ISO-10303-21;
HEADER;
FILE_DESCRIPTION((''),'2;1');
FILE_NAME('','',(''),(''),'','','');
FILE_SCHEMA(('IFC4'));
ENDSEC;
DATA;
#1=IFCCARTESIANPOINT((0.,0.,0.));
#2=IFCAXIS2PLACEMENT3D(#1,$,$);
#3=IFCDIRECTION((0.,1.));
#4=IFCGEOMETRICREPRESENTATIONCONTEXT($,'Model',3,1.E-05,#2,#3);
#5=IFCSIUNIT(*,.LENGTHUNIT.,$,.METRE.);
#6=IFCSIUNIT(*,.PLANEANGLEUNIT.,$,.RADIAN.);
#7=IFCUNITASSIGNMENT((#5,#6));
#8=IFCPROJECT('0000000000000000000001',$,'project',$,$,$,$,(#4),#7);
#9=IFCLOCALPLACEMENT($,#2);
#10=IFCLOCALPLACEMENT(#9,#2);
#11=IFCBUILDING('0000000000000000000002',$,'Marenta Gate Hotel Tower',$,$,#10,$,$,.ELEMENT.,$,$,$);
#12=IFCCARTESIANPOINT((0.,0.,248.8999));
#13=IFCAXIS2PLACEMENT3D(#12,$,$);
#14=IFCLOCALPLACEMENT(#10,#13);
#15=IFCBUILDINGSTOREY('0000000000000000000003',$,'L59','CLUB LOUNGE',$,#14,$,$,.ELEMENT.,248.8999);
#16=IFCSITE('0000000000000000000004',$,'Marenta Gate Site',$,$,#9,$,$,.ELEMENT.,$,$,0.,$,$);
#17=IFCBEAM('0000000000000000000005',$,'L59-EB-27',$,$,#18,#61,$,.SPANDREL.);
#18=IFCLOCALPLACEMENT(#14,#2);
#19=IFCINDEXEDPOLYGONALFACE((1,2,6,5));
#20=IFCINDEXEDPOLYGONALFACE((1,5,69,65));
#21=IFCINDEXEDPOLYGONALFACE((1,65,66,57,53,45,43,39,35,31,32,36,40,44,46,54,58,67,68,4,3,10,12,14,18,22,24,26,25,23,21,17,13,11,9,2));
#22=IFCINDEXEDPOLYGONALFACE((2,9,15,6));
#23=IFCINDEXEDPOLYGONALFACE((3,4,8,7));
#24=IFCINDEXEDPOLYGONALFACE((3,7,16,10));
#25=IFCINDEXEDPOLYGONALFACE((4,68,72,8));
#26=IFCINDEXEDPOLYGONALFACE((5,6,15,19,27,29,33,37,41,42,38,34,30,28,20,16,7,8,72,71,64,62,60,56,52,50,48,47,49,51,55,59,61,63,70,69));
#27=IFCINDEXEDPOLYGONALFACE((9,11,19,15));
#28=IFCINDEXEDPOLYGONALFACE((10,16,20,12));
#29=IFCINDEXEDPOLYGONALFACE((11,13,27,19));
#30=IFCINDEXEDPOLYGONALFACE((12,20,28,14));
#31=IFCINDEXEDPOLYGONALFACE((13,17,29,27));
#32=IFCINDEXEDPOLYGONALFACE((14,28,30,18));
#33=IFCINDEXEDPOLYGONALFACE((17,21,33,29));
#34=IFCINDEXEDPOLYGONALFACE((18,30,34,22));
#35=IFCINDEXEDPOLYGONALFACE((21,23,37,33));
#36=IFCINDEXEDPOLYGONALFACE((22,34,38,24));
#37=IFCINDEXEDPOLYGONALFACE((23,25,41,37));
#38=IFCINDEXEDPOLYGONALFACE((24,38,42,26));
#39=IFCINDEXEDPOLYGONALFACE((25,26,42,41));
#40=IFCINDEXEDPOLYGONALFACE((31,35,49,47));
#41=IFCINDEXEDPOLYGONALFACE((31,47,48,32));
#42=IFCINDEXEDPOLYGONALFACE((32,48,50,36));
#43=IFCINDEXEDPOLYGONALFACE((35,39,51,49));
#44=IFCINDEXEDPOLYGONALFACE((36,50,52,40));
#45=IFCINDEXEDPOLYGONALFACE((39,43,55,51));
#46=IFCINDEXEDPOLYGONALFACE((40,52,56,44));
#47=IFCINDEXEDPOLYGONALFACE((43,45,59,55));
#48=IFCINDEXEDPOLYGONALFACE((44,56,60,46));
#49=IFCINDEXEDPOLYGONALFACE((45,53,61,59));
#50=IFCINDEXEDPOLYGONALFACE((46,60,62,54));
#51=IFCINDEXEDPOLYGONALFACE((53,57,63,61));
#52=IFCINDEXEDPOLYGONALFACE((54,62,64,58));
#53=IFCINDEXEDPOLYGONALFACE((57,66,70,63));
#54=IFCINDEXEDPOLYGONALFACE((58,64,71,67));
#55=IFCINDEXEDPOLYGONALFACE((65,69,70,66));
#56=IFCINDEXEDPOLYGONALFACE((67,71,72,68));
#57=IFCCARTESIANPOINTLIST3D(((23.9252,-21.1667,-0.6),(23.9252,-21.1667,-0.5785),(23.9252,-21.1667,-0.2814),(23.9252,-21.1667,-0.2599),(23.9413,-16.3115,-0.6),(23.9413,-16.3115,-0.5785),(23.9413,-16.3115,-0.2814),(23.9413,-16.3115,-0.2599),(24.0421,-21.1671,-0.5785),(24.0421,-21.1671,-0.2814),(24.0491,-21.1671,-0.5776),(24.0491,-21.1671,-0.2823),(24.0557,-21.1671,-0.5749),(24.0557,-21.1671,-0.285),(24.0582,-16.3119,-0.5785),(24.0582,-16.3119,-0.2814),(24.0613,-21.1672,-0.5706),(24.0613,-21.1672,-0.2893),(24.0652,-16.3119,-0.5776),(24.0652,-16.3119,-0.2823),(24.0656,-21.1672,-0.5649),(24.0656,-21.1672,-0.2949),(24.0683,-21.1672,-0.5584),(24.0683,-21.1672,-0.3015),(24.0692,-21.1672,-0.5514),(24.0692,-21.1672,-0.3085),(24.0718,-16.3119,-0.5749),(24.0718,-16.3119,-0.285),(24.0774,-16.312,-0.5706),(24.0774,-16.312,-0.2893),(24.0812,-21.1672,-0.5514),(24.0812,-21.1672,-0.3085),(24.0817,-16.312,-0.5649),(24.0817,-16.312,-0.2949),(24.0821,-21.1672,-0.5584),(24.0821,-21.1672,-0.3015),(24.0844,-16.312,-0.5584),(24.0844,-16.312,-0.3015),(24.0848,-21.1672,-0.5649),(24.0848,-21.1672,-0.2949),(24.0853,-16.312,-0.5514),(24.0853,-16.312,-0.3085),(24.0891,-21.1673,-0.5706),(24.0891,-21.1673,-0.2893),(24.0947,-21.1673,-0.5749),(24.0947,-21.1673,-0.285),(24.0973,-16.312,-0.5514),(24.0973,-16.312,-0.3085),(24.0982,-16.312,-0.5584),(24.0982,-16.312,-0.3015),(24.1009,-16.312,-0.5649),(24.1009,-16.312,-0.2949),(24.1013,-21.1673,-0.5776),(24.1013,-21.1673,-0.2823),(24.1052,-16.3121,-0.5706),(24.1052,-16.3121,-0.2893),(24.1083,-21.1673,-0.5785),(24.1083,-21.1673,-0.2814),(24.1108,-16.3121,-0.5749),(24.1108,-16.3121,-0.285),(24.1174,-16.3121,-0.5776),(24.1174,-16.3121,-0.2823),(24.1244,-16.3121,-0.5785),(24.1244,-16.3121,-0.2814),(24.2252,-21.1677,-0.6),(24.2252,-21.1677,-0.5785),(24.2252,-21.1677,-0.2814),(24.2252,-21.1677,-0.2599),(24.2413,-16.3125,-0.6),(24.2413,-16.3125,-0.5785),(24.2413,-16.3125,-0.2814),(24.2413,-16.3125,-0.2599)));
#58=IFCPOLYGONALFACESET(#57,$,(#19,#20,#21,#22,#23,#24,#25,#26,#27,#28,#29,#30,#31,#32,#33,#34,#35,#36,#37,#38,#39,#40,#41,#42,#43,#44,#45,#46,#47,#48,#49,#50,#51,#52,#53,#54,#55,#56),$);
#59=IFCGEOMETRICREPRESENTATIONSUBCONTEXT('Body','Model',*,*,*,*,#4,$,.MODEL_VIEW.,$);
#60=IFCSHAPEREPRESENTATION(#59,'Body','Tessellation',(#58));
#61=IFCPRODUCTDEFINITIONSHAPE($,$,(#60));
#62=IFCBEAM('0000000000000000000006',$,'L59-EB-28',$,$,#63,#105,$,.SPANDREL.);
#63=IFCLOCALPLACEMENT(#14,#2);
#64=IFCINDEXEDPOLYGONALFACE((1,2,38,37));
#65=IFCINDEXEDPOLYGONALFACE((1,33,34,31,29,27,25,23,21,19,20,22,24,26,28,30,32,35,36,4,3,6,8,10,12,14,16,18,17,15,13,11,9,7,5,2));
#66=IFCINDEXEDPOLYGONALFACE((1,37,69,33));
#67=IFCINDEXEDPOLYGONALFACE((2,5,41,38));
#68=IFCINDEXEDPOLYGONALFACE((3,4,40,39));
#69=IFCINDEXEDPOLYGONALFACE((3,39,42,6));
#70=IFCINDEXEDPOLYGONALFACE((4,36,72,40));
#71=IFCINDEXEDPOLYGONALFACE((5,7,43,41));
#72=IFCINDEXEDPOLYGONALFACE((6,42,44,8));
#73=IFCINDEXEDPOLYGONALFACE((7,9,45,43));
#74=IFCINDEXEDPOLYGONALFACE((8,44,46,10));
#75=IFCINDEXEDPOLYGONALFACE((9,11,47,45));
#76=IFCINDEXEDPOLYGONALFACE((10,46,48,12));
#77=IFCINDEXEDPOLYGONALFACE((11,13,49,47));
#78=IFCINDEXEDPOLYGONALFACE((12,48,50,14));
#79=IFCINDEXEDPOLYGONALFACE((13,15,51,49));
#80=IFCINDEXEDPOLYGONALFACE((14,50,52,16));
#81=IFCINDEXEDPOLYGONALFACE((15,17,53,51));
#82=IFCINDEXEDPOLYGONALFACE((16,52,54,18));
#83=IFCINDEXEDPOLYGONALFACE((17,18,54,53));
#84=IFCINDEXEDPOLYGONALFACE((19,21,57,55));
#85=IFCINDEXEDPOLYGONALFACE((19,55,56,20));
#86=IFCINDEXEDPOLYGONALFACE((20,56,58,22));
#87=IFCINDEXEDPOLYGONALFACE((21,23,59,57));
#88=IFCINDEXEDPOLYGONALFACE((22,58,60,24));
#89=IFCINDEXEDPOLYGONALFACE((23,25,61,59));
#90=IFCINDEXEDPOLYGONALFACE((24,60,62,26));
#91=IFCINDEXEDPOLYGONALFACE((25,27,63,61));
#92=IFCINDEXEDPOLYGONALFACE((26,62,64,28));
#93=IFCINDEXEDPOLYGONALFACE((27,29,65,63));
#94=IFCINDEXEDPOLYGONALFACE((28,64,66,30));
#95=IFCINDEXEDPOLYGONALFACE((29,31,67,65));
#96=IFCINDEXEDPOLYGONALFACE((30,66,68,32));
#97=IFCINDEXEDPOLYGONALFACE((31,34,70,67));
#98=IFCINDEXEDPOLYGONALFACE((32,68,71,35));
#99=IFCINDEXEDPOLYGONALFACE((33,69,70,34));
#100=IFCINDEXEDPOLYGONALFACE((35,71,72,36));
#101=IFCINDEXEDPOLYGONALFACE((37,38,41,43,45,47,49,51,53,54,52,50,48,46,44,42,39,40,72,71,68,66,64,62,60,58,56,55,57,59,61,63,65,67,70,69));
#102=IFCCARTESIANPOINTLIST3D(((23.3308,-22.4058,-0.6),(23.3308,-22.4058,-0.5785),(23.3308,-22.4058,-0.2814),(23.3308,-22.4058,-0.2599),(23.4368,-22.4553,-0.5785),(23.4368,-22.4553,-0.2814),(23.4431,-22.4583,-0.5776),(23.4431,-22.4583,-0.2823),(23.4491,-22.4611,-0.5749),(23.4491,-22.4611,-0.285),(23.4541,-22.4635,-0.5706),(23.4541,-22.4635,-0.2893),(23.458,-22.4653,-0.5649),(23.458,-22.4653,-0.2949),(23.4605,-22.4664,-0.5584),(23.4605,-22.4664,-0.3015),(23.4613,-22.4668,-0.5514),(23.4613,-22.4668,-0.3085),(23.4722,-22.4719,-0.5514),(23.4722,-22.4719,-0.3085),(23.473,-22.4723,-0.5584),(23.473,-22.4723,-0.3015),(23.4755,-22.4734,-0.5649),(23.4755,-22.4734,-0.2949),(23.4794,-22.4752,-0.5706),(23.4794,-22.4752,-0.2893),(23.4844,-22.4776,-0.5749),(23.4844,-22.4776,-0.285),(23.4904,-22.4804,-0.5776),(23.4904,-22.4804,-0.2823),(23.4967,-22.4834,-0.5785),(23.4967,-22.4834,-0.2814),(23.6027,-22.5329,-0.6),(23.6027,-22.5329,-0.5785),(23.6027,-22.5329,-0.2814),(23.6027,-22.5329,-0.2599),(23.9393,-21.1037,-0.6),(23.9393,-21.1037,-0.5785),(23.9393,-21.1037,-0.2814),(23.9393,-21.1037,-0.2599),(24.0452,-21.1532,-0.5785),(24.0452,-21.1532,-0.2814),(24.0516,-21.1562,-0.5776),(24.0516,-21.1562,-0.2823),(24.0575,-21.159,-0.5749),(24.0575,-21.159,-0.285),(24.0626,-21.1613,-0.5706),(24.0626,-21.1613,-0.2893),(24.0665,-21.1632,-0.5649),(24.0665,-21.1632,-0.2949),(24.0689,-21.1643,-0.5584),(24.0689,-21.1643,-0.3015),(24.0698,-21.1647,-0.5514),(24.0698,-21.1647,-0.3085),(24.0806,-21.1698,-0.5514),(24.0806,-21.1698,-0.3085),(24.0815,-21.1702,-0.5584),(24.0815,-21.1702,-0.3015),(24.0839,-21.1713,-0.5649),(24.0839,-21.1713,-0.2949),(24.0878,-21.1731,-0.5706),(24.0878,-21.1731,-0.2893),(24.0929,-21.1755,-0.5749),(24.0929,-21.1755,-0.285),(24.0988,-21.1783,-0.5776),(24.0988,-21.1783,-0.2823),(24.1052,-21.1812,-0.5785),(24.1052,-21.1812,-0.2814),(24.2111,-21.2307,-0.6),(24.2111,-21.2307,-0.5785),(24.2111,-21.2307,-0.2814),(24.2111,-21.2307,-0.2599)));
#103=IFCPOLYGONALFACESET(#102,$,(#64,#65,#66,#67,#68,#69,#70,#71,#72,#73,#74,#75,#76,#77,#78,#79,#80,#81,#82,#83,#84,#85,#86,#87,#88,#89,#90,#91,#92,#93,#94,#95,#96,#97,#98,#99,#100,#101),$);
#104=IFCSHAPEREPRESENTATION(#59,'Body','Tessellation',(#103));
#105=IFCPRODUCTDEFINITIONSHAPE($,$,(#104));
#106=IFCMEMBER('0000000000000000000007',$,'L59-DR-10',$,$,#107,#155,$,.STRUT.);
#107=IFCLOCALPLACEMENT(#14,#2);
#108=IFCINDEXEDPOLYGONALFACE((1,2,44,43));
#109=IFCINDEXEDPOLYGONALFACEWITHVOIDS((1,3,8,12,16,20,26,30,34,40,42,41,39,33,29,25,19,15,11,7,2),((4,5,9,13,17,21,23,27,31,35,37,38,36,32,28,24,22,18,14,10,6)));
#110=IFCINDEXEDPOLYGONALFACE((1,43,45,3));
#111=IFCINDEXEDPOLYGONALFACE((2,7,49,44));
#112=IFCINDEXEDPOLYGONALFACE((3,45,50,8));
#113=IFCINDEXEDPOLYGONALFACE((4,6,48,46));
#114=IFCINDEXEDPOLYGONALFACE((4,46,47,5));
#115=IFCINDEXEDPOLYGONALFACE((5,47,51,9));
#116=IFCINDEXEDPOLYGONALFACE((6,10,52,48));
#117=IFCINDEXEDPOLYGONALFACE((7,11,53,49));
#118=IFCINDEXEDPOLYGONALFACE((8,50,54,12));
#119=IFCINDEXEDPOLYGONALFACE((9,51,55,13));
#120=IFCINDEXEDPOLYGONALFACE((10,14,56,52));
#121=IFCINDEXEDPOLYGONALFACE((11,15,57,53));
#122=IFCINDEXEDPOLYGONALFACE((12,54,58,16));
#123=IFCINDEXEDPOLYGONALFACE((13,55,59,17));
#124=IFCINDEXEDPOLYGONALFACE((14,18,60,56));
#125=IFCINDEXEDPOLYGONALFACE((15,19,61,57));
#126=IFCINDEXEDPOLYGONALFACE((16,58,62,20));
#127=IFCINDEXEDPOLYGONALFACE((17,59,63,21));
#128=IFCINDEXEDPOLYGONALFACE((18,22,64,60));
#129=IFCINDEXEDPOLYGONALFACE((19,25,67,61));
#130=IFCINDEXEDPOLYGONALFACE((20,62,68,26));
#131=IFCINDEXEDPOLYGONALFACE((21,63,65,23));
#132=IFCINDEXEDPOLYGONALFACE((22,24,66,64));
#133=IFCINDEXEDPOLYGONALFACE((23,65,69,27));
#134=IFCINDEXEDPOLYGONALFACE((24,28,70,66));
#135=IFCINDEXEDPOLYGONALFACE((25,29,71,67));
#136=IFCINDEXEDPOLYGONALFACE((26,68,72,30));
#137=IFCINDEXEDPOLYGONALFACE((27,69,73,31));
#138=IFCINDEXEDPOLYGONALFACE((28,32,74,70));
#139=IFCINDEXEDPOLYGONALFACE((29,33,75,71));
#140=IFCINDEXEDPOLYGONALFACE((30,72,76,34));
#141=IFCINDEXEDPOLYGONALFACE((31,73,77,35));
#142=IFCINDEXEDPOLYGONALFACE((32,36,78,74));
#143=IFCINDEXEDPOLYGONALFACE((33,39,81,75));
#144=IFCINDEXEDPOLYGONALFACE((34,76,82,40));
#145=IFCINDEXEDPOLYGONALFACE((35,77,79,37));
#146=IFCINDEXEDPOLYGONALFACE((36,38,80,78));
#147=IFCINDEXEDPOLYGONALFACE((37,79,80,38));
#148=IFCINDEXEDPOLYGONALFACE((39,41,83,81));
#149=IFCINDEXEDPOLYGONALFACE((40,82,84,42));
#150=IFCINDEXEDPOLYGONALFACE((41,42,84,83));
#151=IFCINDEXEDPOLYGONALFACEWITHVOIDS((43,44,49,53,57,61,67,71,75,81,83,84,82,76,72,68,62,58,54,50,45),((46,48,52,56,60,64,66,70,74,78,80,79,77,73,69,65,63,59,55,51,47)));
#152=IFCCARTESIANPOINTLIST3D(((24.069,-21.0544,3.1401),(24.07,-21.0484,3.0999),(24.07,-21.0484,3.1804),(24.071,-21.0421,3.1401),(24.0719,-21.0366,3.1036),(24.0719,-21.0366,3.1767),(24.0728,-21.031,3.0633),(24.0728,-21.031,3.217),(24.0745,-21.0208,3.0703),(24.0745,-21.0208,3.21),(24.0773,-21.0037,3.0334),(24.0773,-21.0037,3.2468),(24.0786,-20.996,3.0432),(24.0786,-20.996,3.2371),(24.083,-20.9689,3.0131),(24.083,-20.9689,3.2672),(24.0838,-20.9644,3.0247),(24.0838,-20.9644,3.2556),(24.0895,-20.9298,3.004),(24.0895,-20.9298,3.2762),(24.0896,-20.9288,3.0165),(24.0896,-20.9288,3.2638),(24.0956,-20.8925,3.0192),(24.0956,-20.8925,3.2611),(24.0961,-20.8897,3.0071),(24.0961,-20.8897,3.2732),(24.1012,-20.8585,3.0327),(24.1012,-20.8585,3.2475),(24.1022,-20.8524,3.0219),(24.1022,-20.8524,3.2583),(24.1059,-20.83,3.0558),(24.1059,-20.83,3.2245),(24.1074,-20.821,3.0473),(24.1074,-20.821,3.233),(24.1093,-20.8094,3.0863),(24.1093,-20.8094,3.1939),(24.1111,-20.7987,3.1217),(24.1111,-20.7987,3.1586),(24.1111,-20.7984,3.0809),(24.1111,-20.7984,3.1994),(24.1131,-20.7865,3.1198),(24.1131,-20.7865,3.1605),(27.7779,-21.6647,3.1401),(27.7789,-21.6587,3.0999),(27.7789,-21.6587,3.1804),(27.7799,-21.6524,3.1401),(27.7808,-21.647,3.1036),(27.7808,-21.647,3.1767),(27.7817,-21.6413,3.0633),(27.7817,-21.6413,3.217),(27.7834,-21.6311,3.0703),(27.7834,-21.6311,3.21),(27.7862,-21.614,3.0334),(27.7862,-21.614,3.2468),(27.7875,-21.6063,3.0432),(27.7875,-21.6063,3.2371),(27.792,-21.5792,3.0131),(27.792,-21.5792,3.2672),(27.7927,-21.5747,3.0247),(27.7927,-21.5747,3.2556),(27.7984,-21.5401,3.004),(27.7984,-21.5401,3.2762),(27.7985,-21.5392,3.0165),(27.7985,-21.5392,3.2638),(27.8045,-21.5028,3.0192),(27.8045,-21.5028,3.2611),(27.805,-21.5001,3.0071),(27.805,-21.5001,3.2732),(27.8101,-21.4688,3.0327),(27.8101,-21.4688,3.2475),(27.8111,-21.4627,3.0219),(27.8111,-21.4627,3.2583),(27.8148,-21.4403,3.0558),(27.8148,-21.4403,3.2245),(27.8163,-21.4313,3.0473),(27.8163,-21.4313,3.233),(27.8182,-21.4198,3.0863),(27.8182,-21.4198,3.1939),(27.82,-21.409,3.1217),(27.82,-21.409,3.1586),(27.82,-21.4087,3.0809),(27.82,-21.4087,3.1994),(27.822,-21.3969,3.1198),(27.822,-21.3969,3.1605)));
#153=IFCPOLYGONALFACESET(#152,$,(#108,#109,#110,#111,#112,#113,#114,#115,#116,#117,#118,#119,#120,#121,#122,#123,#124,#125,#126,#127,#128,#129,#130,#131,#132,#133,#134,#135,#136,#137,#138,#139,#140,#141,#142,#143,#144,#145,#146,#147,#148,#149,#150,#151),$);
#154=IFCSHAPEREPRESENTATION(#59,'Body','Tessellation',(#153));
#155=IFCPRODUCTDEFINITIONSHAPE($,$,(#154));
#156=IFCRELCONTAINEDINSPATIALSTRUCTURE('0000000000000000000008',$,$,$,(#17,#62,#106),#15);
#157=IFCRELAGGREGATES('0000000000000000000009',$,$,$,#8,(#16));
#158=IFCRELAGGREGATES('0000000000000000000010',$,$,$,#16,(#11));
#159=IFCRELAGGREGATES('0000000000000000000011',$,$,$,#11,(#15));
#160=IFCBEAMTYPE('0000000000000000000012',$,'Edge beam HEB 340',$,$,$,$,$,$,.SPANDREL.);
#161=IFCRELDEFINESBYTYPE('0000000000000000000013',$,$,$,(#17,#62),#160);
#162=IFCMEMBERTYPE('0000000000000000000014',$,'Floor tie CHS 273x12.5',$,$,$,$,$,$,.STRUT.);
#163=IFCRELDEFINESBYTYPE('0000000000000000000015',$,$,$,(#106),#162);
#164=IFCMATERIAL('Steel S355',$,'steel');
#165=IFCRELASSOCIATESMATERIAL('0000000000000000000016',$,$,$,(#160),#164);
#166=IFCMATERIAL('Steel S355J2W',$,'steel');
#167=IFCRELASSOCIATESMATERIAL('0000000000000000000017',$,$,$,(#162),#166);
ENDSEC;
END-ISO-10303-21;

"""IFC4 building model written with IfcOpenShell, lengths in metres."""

from ifc_helpers import new_model, si_unit, direction, frame, origin, origin_2d, place, context, subcontext, project, spatial, hollow_circle, i_section, extrude, material, material_profile, profile_set, type_object, element, save


model = new_model("IFC4")

# Units and contexts
model_context = context("Model", 3, precision=1e-05, world=origin(), true_north=direction((0.0, 1.0)))
body_context = subcontext(model_context, "Body", "Model", "MODEL_VIEW")
ifc_project = project(units=[si_unit("LENGTHUNIT", "METRE"), si_unit("PLANEANGLEUNIT", "RADIAN")], contexts=[model_context])

# Site, building, storey
site_placement = place(None, origin())
site = spatial("IfcSite", under=ifc_project, at=site_placement, Name="Marenta Gate Site", CompositionType="ELEMENT", RefElevation=0.0)
building_placement = place(site_placement, origin())
building = spatial("IfcBuilding", under=site, at=building_placement, Name="Marenta Gate Hotel Tower", CompositionType="ELEMENT")
storey_placement = place(building_placement, frame((0.0, 0.0, 248.8999)))
storey = spatial("IfcBuildingStorey", under=building, at=storey_placement, Name="L59", Description="CLUB LOUNGE", CompositionType="ELEMENT", Elevation=248.8999)

# Beams
ifc_material_1 = material(Name="Steel S355", Category="steel")
ifc_material_profile_1 = material_profile(ifc_material_1, i_section(OverallWidth=0.3, OverallDepth=0.3401, WebThickness=0.012, FlangeThickness=0.0215, FilletRadius=0.0271, at=origin_2d()), Name="HEB 340")
ifc_profile_set_1 = profile_set([ifc_material_profile_1], Name="Steel S355")
beam_type_1 = type_object("IfcBeamType", Name="Edge beam HEB 340", PredefinedType="SPANDREL", material=ifc_profile_set_1)
beam_1_placement = place(storey_placement, frame((24.0913, -16.312, -0.4299), z_axis=(-0.003319, -0.999994, 0.0), x_axis=(0.999994, -0.003319, 0.0)))
element("IfcBeam", 1, at=beam_1_placement, inside=storey, type_object=beam_type_1, Name="L59-EB-27", PredefinedType="SPANDREL", context=body_context, shape_type="SweptSolid", body=[
    extrude(i_section(OverallWidth=0.3, OverallDepth=0.3401, WebThickness=0.012, FlangeThickness=0.0215, FilletRadius=0.0271, at=origin_2d()), origin(), (0.0, 0.0, 1.0), 4.8552),
])
beam_2_placement = place(storey_placement, frame((24.0752, -21.1672, -0.4299), z_axis=(-0.423341, -0.90597, 0.0), x_axis=(0.90597, -0.423341, 0.0)))
element("IfcBeam", 2, at=beam_2_placement, inside=storey, type_object=beam_type_1, Name="L59-EB-28", PredefinedType="SPANDREL", context=body_context, shape_type="SweptSolid", body=[
    extrude(i_section(OverallWidth=0.3, OverallDepth=0.3401, WebThickness=0.012, FlangeThickness=0.0215, FilletRadius=0.0271, at=origin_2d()), origin(), (0.0, 0.0, 1.0), 1.4373),
])

# Member
ifc_material_2 = material(Name="Steel S355J2W", Category="steel")
ifc_material_profile_2 = material_profile(ifc_material_2, hollow_circle(Radius=0.1365, WallThickness=0.0125, at=origin_2d()), Name="CHS 273x12.5")
ifc_profile_set_2 = profile_set([ifc_material_profile_2], Name="Steel S355J2W")
member_type_1 = type_object("IfcMemberType", Name="Floor tie CHS 273x12.5", PredefinedType="STRUT", material=ifc_profile_set_2)
member_1_placement = place(storey_placement, frame((27.8, -21.53, 3.1401), z_axis=(-0.986729, 0.162376, 0.0), x_axis=(-0.162376, -0.986729, 0.0)))
element("IfcMember", 3, at=member_1_placement, inside=storey, type_object=member_type_1, Name="L59-DR-10", PredefinedType="STRUT", context=body_context, shape_type="SweptSolid", body=[
    extrude(hollow_circle(Radius=0.1365, WallThickness=0.0125, at=origin_2d()), origin(), (0.0, 0.0, 1.0), 3.7588),
])

save(model, "model.ifc")
